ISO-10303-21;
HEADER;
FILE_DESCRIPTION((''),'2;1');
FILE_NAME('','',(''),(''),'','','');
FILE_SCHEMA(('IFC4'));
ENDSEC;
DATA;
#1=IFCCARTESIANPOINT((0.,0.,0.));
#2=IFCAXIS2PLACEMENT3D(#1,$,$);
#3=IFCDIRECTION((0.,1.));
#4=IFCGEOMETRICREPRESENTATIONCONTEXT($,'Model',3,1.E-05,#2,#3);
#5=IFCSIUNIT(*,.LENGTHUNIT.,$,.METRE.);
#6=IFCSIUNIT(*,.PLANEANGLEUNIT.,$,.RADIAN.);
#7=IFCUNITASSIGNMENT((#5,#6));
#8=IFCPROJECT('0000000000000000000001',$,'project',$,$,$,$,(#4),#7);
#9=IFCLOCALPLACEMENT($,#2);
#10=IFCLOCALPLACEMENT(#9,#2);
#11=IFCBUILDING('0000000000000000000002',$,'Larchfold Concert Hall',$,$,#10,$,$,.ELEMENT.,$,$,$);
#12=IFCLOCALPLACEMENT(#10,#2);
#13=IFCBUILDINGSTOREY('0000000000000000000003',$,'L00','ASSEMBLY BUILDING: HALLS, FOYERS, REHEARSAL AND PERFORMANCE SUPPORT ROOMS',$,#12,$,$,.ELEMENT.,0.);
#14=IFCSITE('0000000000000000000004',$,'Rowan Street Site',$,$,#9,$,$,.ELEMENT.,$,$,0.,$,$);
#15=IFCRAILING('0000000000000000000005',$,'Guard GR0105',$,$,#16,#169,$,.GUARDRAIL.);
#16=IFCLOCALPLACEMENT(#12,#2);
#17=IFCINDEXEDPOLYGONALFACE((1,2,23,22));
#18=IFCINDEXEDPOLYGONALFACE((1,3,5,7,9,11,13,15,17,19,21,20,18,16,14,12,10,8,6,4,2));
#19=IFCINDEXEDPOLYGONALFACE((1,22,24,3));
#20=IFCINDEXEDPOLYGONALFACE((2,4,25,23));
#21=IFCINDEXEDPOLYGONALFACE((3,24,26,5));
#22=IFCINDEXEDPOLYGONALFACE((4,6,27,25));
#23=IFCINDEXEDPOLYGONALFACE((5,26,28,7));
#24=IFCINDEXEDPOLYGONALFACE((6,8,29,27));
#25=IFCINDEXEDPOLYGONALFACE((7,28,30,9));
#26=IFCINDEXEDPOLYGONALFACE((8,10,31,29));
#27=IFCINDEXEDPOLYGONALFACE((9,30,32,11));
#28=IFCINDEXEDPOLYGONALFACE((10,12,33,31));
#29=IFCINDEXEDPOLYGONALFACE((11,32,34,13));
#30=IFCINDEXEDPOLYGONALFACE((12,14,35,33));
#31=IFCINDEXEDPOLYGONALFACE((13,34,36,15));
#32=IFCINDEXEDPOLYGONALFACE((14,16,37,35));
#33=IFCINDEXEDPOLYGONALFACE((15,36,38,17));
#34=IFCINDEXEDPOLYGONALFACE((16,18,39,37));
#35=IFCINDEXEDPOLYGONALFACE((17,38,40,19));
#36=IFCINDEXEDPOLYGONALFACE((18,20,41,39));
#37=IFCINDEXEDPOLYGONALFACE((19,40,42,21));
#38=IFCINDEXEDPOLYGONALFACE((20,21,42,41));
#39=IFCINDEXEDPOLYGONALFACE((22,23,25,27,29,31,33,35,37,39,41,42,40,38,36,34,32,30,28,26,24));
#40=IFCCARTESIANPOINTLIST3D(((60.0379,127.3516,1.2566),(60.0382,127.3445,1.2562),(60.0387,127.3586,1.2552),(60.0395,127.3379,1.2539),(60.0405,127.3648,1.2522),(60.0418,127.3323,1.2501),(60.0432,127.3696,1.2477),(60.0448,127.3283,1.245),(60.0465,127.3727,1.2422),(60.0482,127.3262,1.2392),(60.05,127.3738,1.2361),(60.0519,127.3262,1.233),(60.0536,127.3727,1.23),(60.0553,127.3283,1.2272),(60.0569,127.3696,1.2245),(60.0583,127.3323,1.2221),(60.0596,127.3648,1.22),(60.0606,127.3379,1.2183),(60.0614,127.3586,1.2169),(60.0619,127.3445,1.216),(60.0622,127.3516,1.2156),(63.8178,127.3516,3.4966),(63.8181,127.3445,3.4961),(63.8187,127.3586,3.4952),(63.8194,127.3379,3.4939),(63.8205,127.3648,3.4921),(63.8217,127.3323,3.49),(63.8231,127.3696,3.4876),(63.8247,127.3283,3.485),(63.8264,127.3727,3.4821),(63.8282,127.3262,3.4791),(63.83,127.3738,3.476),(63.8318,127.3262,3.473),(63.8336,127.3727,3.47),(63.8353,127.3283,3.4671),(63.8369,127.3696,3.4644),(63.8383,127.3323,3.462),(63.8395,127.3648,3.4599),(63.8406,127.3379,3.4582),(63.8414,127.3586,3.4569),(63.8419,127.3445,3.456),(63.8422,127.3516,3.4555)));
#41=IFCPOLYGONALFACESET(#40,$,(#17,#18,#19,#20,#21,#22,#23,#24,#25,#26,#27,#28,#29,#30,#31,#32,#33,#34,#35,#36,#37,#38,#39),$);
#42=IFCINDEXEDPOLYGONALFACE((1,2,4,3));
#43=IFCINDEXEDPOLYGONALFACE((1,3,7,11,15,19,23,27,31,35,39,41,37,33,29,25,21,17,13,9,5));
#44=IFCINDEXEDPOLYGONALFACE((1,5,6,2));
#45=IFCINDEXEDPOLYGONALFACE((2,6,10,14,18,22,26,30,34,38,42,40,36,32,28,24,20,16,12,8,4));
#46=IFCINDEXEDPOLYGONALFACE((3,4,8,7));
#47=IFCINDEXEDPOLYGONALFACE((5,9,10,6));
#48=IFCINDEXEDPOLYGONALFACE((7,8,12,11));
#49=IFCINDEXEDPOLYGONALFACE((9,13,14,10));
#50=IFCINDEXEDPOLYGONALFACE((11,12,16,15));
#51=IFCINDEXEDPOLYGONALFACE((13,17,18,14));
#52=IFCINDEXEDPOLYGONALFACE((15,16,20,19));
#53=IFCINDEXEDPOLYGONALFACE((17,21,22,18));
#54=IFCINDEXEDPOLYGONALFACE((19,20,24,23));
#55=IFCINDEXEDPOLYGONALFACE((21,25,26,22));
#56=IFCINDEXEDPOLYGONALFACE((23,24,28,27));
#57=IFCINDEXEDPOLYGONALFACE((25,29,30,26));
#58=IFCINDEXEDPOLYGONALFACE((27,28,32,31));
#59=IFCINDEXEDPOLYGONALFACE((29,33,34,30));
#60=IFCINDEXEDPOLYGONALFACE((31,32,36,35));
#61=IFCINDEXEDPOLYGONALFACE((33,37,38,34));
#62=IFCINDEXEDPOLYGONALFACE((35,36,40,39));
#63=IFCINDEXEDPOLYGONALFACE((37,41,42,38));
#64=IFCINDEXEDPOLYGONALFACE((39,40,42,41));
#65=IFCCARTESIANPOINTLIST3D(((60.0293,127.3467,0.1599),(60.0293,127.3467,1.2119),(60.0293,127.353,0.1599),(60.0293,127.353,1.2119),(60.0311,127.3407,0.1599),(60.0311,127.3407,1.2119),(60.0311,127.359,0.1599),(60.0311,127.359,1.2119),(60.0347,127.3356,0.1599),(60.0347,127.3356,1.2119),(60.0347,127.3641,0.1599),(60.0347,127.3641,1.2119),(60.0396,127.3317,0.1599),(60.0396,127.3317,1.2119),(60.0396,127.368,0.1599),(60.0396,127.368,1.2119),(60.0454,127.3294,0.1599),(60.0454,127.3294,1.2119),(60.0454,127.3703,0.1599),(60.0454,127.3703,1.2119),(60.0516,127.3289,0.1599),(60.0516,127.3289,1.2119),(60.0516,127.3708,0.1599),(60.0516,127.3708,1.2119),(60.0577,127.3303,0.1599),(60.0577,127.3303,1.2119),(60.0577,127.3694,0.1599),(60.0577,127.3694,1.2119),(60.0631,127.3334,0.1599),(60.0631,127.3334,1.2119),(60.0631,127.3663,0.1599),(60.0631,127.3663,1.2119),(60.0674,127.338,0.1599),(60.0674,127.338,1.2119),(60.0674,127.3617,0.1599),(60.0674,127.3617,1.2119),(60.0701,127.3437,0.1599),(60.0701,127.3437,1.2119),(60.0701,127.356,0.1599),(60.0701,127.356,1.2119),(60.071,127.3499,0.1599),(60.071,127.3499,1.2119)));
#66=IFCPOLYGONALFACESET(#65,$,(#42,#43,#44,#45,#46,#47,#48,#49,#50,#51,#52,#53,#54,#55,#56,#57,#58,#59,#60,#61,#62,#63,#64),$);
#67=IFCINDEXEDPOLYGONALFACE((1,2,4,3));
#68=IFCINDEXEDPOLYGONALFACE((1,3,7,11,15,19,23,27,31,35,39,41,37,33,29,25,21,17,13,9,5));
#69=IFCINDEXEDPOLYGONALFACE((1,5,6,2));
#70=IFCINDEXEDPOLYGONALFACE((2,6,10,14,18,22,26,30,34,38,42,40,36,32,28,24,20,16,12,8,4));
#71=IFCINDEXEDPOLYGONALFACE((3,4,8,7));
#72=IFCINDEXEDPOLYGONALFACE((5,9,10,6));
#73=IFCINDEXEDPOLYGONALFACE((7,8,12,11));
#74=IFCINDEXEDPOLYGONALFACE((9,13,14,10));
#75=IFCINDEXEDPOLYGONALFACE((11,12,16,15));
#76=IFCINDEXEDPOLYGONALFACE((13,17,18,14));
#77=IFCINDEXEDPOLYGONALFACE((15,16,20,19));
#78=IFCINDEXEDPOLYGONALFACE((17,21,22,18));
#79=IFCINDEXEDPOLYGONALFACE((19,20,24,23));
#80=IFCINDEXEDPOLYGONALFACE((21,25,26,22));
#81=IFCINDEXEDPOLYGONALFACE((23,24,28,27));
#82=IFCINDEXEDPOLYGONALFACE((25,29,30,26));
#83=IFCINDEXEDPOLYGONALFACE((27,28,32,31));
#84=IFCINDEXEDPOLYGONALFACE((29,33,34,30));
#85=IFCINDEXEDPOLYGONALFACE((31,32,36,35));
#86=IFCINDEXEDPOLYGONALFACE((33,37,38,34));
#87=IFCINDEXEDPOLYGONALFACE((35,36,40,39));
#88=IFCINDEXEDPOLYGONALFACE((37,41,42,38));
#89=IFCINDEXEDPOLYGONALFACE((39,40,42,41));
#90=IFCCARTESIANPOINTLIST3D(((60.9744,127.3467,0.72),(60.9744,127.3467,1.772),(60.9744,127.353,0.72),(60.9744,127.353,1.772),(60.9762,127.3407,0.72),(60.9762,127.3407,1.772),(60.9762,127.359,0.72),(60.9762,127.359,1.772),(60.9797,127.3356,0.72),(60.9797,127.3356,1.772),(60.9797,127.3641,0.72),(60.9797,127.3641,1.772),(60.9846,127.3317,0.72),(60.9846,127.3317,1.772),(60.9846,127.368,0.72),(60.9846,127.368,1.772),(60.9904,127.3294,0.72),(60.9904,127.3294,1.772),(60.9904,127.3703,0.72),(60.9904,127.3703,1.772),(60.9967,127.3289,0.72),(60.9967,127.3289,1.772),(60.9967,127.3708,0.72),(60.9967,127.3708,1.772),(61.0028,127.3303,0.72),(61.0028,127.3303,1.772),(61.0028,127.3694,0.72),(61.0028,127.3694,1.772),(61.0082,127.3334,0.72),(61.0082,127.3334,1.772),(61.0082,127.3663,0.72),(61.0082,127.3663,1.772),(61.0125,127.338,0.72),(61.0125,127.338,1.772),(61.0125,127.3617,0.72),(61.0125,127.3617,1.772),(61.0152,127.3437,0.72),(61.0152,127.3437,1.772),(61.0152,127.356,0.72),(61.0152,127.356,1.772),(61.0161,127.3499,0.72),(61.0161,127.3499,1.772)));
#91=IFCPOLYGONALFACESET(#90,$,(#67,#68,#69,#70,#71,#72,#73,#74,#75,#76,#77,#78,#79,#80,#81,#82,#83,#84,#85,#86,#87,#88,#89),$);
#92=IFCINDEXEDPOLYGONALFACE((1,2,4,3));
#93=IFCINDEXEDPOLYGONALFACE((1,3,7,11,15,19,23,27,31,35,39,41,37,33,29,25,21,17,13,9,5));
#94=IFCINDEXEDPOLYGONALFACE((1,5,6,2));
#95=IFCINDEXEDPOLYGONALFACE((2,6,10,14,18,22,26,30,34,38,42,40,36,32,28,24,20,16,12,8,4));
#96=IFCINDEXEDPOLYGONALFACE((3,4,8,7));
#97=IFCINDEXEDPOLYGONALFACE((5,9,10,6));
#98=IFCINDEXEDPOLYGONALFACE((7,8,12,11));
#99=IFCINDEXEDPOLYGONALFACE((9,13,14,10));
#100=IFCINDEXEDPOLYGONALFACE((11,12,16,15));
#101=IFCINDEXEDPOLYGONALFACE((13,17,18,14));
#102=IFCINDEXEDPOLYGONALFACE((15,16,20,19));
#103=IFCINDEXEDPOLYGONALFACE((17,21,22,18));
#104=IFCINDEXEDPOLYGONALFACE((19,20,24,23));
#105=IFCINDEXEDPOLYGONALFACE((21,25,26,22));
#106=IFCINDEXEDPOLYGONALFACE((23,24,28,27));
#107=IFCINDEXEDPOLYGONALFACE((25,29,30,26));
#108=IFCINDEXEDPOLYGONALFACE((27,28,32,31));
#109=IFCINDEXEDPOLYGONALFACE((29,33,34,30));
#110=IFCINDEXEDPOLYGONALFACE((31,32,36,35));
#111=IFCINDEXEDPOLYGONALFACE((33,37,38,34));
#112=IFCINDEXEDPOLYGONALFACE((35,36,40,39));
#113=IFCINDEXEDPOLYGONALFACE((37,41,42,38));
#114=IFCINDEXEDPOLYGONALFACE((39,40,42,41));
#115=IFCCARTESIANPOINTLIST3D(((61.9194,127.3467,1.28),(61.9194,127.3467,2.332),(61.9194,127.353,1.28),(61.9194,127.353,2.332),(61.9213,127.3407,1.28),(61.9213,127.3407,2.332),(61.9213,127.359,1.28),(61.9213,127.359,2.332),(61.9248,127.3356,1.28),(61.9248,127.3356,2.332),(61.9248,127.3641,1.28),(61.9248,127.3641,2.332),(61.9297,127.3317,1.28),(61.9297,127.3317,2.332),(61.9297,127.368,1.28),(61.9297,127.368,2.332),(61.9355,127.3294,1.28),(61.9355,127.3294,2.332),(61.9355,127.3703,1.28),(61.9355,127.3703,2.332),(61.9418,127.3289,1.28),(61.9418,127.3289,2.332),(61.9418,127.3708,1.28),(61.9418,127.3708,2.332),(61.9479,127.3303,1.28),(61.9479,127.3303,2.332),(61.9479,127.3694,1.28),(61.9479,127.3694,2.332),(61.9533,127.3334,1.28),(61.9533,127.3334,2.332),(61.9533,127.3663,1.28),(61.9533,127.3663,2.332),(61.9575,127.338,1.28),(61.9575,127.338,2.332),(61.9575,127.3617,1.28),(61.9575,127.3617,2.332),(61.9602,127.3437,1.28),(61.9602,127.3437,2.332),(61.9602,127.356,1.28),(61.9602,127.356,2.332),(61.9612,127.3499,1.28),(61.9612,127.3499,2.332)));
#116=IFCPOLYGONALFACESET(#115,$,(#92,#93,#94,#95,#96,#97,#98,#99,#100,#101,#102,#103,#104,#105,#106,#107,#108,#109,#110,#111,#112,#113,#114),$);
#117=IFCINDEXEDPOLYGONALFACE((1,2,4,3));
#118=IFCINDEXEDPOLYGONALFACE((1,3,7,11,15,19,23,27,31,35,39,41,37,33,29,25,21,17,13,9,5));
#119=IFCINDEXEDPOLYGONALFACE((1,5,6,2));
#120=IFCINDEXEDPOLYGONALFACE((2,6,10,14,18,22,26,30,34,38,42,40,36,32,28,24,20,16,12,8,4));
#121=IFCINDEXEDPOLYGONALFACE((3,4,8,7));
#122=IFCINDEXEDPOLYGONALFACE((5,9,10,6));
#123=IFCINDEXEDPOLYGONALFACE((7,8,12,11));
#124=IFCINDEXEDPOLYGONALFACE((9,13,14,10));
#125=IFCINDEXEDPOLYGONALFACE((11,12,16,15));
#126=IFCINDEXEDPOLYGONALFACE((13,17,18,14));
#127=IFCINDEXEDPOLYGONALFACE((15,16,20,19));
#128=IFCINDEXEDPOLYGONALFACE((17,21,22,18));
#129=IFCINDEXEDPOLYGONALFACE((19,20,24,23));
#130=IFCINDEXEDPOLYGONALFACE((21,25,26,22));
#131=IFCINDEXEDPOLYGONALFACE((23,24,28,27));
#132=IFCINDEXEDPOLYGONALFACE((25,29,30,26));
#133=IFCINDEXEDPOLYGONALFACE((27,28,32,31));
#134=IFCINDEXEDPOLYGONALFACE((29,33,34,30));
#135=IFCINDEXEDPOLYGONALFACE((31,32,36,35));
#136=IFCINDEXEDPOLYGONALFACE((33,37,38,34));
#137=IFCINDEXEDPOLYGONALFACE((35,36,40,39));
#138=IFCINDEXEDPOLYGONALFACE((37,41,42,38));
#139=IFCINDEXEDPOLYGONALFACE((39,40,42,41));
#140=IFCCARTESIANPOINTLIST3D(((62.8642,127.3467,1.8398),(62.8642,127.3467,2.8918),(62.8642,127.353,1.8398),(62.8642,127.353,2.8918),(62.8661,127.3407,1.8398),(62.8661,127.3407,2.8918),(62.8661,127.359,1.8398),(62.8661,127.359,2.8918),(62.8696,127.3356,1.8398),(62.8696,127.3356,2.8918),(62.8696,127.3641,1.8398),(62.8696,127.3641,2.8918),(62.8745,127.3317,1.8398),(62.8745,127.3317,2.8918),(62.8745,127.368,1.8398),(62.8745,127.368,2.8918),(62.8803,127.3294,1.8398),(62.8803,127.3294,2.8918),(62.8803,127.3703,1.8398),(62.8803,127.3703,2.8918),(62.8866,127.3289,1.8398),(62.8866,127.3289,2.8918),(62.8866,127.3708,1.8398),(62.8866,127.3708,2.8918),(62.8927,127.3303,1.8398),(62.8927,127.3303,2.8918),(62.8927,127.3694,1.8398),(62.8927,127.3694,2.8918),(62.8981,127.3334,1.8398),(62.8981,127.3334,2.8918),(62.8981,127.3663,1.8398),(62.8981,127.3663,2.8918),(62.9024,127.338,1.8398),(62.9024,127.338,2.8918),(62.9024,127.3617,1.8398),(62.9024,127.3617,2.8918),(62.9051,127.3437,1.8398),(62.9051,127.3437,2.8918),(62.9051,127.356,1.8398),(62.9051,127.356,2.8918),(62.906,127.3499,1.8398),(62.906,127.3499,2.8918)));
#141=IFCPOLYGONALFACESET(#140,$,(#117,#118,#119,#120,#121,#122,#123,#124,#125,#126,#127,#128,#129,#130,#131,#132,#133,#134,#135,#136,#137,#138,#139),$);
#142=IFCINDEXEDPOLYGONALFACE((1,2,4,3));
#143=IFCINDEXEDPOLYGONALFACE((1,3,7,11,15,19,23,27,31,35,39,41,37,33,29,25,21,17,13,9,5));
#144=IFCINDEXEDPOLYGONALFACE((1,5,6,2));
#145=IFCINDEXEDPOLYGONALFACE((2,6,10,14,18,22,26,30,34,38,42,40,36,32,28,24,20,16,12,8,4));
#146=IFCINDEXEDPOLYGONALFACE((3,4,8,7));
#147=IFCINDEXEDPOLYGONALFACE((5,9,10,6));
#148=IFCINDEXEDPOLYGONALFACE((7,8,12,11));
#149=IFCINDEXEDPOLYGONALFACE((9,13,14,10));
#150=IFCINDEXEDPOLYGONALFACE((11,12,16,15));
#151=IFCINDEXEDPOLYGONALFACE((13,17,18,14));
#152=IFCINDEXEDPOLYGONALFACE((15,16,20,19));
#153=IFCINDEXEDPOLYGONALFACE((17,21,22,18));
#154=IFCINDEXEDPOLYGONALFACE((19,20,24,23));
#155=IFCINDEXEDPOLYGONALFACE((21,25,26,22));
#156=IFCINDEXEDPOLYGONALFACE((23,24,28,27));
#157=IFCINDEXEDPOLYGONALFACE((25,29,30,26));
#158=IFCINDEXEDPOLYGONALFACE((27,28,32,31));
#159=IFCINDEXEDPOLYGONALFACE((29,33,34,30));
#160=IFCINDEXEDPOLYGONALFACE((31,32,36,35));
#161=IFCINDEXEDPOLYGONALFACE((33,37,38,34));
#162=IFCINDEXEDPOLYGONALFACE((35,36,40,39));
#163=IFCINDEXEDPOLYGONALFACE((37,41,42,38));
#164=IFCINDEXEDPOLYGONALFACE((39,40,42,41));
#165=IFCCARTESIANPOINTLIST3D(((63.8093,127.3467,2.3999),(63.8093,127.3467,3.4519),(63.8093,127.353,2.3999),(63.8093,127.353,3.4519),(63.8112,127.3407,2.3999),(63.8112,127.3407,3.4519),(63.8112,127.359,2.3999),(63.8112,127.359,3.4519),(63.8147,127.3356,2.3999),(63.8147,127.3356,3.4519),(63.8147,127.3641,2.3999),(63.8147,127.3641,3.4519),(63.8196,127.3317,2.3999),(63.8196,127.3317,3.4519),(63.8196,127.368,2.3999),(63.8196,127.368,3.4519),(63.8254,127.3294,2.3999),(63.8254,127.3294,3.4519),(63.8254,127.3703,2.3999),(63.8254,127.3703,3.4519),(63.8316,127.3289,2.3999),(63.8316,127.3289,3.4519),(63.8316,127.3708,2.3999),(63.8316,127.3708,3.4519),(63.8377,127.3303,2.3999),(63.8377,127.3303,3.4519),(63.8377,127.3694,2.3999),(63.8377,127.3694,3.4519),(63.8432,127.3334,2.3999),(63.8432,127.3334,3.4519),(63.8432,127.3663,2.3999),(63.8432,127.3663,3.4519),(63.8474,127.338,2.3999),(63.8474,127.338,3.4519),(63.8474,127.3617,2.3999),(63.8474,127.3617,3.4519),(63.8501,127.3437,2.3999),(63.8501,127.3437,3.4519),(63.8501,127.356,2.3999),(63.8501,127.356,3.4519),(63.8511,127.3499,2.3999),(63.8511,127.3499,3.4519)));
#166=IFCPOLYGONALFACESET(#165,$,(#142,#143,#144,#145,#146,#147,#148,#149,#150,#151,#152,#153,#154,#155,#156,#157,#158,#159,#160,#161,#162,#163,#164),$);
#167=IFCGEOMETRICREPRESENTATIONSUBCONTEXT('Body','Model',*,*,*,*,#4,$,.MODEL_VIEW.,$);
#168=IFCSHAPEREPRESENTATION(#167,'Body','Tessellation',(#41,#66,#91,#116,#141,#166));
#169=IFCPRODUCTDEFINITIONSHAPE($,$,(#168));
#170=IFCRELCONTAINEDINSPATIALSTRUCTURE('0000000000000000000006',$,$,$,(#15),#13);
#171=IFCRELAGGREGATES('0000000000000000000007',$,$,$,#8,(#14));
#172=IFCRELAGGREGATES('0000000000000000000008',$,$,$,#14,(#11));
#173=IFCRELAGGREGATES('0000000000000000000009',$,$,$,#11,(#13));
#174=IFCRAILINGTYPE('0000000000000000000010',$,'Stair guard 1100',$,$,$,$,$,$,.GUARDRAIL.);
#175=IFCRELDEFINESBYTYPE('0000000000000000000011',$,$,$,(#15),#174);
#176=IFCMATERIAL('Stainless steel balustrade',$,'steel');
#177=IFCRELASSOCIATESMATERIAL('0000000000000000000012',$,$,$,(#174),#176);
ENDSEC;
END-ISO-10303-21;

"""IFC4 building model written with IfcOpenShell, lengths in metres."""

from ifc_helpers import new_model, si_unit, direction, frame, origin, origin_2d, place, context, subcontext, project, spatial, circle, extrude, material, type_object, element, save


model = new_model("IFC4")

# Units and contexts
model_context = context("Model", 3, precision=1e-05, world=origin(), true_north=direction((0.0, 1.0)))
body_context = subcontext(model_context, "Body", "Model", "MODEL_VIEW")
ifc_project = project(units=[si_unit("LENGTHUNIT", "METRE"), si_unit("PLANEANGLEUNIT", "RADIAN")], contexts=[model_context])

# Site, building, storey
site_placement = place(None, origin())
site = spatial("IfcSite", under=ifc_project, at=site_placement, Name="Rowan Street Site", CompositionType="ELEMENT", RefElevation=0.0)
building_placement = place(site_placement, origin())
building = spatial("IfcBuilding", under=site, at=building_placement, Name="Larchfold Concert Hall", CompositionType="ELEMENT")
storey_placement = place(building_placement, origin())
storey = spatial("IfcBuildingStorey", under=building, at=storey_placement, Name="L00", Description="ASSEMBLY BUILDING: HALLS, FOYERS, REHEARSAL AND PERFORMANCE SUPPORT ROOMS", CompositionType="ELEMENT", Elevation=0.0)

# Railing
ifc_material_1 = material(Name="Stainless steel balustrade", Category="steel")
railing_type_1 = type_object("IfcRailingType", Name="Stair guard 1100", PredefinedType="GUARDRAIL", material=ifc_material_1)
railing_1_placement = place(storey_placement, frame((60.05, 127.3499, 0.1599)))
element("IfcRailing", 1, at=railing_1_placement, inside=storey, type_object=railing_type_1, Name="Guard GR0105", PredefinedType="GUARDRAIL", context=body_context, shape_type="SweptSolid", body=[
    extrude(circle(Radius=0.0239, at=origin_2d()), frame((0.0, 0.0, 1.0762), z_axis=(0.860294, 0.0, 0.509798), x_axis=(0.0, 1.0, 0.0)), (0.0, 0.0, 1.0), 4.3938),
    extrude(circle(Radius=0.021, at=origin_2d()), origin(), (0.0, 0.0, 1.0), 1.052),
    extrude(circle(Radius=0.021, at=origin_2d()), frame((0.9451, 0.0, 0.5601)), (0.0, 0.0, 1.0), 1.052),
    extrude(circle(Radius=0.021, at=origin_2d()), frame((1.8901, 0.0, 1.1201)), (0.0, 0.0, 1.0), 1.052),
    extrude(circle(Radius=0.021, at=origin_2d()), frame((2.835, 0.0, 1.6799)), (0.0, 0.0, 1.0), 1.052),
    extrude(circle(Radius=0.021, at=origin_2d()), frame((3.78, 0.0, 2.24)), (0.0, 0.0, 1.0), 1.052),
])

save(model, "model.ifc")
